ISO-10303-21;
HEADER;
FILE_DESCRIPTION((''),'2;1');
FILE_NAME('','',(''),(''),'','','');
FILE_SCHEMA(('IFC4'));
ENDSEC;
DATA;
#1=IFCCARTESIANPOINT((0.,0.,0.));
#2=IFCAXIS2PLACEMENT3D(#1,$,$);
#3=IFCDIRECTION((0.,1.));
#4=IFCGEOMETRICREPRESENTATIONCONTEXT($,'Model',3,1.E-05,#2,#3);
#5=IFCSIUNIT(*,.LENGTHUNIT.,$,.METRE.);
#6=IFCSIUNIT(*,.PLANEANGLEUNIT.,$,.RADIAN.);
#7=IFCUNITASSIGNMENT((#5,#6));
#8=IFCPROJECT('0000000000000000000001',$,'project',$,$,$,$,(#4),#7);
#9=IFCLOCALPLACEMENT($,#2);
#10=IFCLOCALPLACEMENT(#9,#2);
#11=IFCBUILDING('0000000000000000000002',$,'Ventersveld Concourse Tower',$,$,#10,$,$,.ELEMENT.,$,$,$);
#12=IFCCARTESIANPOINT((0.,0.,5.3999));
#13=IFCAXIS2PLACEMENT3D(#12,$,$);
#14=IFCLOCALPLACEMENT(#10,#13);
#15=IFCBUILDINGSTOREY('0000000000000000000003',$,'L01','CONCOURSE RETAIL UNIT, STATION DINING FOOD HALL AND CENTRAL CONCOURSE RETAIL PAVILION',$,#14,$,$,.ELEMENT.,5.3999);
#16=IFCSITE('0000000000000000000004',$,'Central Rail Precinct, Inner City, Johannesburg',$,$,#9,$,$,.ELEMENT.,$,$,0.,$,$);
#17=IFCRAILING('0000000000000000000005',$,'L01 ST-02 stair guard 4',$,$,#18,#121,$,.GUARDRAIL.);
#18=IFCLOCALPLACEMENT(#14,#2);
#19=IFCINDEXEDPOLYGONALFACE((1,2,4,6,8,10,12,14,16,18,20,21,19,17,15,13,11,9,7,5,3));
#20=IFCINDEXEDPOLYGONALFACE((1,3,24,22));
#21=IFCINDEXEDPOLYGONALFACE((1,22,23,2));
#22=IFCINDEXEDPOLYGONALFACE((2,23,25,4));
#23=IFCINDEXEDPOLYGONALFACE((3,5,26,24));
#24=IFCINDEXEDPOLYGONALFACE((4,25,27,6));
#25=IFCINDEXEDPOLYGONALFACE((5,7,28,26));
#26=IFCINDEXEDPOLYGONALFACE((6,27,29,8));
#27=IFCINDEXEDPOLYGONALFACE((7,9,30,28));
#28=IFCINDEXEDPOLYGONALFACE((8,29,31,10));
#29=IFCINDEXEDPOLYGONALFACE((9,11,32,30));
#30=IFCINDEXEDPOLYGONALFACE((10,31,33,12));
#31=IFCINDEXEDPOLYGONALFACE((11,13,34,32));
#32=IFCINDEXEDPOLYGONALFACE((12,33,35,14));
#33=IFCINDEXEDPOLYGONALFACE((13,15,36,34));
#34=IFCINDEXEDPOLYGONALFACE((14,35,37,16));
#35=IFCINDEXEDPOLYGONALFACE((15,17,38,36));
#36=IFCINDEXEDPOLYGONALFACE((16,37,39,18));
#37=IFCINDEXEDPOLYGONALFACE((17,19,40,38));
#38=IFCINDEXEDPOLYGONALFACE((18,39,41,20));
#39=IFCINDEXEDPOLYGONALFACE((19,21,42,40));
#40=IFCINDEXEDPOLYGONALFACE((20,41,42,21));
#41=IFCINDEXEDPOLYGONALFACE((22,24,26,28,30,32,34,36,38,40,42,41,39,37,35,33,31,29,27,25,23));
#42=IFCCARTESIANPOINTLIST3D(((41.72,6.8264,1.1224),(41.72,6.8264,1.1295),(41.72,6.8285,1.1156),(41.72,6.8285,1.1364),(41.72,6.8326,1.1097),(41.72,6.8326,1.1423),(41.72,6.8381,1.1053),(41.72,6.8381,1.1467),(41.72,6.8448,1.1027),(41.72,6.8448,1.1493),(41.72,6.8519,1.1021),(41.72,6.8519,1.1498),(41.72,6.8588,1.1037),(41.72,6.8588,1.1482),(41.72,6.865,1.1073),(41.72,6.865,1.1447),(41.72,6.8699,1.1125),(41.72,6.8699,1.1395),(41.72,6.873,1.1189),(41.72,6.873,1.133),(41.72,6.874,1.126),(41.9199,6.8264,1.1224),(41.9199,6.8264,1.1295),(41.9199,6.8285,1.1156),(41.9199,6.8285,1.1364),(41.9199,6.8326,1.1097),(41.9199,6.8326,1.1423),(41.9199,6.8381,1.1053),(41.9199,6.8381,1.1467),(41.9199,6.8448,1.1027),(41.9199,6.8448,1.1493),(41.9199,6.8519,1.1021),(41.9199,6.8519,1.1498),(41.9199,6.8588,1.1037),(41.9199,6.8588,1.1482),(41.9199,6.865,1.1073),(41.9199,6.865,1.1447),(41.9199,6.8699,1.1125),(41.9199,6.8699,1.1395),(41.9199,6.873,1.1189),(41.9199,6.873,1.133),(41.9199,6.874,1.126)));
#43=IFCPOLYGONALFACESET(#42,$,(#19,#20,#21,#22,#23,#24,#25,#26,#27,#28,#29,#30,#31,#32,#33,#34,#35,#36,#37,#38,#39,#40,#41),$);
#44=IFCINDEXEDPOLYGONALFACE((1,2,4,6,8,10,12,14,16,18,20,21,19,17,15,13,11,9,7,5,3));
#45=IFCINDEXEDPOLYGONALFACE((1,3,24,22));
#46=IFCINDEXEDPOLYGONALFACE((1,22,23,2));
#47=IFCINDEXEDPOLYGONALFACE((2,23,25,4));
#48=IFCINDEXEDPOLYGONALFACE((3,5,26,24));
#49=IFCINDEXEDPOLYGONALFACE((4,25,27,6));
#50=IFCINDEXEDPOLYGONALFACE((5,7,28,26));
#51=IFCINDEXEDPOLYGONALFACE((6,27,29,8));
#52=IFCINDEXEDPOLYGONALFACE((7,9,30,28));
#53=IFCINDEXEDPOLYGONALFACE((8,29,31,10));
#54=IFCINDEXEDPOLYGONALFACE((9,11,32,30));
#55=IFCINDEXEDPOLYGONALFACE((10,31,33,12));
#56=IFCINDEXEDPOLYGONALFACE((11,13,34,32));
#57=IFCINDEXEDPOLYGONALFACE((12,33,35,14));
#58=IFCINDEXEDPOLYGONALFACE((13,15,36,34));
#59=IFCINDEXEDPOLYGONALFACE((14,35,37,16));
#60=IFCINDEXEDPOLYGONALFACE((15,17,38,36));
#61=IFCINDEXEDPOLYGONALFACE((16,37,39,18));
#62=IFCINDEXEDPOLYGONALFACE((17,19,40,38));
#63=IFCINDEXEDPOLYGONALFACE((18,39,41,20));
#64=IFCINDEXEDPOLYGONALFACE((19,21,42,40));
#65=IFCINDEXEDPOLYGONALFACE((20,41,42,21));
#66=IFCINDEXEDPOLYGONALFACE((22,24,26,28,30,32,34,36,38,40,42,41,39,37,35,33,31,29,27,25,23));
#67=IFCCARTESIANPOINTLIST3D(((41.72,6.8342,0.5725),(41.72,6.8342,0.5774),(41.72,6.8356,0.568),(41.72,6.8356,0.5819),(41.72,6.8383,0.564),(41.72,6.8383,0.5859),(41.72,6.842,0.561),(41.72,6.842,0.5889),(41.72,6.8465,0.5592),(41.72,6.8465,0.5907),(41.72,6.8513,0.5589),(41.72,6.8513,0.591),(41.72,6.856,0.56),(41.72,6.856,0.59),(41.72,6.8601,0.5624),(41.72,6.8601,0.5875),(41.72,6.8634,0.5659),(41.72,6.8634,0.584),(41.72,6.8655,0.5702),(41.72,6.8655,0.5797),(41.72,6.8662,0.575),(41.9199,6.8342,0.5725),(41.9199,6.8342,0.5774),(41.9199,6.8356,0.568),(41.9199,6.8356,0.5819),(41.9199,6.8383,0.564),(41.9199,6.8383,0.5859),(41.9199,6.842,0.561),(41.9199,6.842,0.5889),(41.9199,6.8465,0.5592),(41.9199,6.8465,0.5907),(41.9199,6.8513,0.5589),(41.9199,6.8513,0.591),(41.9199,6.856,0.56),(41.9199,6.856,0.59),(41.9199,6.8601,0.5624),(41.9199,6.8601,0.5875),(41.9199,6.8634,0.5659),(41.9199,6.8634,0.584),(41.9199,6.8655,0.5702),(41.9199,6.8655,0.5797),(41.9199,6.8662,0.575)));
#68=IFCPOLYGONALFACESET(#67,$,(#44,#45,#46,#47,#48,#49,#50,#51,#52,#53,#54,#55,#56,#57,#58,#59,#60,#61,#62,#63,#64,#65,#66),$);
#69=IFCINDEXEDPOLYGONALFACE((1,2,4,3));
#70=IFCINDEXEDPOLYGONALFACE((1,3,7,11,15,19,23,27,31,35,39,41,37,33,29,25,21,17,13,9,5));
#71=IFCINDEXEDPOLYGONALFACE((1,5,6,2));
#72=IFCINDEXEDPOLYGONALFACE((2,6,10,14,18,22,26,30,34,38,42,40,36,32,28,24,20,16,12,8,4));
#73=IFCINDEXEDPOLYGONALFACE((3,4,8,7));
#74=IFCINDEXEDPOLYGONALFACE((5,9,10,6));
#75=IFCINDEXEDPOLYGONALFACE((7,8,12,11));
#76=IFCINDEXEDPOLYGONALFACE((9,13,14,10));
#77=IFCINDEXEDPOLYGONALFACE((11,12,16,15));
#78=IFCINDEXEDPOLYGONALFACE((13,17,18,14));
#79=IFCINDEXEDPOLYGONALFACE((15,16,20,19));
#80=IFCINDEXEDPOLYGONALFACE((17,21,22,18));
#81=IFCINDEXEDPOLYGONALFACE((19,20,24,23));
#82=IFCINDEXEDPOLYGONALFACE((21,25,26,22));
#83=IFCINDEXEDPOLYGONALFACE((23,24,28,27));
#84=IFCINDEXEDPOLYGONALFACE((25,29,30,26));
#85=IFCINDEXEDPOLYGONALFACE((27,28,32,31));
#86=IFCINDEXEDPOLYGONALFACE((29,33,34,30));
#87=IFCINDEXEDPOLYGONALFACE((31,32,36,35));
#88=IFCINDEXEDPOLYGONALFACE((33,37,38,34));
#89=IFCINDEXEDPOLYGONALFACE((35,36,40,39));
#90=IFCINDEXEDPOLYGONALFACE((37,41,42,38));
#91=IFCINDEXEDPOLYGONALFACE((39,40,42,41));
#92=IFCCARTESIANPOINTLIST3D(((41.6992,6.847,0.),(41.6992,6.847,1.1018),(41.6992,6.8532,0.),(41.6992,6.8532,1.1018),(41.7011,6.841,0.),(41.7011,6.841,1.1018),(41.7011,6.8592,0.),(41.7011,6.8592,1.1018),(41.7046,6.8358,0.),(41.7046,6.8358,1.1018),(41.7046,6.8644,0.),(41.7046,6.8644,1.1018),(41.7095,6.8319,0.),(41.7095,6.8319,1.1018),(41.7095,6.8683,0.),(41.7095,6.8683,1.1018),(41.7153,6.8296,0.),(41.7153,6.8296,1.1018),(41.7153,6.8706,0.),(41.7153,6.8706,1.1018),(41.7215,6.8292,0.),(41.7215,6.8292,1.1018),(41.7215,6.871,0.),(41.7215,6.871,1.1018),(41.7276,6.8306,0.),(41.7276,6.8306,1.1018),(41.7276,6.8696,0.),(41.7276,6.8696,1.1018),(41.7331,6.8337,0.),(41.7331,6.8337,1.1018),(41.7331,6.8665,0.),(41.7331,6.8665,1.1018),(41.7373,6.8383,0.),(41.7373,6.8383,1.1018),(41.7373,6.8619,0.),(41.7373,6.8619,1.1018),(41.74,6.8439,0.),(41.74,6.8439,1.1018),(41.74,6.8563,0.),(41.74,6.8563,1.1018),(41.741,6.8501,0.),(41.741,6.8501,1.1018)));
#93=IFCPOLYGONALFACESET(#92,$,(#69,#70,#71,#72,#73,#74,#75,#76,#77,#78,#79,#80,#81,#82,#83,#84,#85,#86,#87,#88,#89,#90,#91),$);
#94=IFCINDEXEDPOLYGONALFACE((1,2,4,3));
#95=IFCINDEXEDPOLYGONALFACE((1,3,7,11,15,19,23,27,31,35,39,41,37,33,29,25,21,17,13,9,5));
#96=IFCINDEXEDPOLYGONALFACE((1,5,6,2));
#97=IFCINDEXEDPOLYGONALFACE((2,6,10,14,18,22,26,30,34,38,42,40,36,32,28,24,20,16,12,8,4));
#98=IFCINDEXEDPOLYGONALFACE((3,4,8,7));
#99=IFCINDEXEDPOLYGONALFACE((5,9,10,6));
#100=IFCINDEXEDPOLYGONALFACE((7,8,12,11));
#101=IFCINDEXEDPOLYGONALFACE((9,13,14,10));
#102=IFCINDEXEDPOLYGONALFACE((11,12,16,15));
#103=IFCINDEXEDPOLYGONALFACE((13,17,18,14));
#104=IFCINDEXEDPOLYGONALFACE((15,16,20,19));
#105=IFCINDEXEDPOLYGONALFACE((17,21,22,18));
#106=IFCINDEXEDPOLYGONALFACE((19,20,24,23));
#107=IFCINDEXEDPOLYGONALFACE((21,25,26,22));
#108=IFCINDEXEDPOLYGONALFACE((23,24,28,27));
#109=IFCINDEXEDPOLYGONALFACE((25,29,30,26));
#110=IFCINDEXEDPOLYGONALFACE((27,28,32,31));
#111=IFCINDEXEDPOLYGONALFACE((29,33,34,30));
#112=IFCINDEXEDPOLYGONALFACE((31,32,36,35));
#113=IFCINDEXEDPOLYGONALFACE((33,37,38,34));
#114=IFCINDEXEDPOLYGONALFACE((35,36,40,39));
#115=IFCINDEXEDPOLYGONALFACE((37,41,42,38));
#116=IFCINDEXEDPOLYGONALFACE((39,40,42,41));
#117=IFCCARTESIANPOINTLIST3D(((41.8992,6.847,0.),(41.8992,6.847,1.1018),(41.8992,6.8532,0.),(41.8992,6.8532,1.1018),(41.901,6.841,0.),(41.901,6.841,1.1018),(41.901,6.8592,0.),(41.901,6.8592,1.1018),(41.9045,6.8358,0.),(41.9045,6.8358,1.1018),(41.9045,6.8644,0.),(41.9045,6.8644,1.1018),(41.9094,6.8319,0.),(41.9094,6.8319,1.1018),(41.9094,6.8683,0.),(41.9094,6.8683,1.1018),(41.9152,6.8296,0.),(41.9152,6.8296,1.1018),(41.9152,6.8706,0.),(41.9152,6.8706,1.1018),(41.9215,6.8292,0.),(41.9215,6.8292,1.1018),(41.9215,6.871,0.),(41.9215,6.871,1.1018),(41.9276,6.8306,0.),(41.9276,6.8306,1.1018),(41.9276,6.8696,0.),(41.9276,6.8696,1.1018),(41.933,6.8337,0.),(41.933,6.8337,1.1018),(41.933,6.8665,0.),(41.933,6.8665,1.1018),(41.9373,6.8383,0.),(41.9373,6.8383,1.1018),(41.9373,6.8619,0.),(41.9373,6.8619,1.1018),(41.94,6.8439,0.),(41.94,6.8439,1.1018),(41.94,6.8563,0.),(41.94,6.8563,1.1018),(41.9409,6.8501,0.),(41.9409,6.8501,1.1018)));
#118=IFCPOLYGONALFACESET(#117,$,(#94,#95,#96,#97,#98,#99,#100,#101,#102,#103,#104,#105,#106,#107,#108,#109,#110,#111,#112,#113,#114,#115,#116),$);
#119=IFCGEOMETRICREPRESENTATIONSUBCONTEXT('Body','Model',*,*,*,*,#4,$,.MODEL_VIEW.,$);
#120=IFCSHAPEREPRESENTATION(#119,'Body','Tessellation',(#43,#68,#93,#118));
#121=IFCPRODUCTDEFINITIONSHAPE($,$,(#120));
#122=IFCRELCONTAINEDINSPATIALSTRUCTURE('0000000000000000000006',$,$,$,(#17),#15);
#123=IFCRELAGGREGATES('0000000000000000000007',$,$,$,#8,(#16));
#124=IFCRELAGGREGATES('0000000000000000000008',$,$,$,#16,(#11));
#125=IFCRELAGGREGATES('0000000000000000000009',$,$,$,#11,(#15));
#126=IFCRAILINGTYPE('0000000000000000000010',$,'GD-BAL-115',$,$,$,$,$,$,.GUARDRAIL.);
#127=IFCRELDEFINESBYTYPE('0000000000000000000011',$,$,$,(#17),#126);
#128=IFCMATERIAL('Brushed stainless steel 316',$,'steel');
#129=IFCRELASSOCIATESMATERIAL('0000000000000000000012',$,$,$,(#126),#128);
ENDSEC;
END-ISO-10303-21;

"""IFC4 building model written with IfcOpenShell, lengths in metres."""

from ifc_helpers import new_model, si_unit, direction, frame, origin, origin_2d, place, context, subcontext, project, spatial, circle, extrude, material, type_object, element, save


model = new_model("IFC4")

# Units and contexts
model_context = context("Model", 3, precision=1e-05, world=origin(), true_north=direction((0.0, 1.0)))
body_context = subcontext(model_context, "Body", "Model", "MODEL_VIEW")
ifc_project = project(units=[si_unit("LENGTHUNIT", "METRE"), si_unit("PLANEANGLEUNIT", "RADIAN")], contexts=[model_context])

# Site, building, storey
site_placement = place(None, origin())
site = spatial("IfcSite", under=ifc_project, at=site_placement, Name="Central Rail Precinct, Inner City, Johannesburg", CompositionType="ELEMENT", RefElevation=0.0)
building_placement = place(site_placement, origin())
building = spatial("IfcBuilding", under=site, at=building_placement, Name="Ventersveld Concourse Tower", CompositionType="ELEMENT")
storey_placement = place(building_placement, frame((0.0, 0.0, 5.3999)))
storey = spatial("IfcBuildingStorey", under=building, at=storey_placement, Name="L01", Description="CONCOURSE RETAIL UNIT, STATION DINING FOOD HALL AND CENTRAL CONCOURSE RETAIL PAVILION", CompositionType="ELEMENT", Elevation=5.3999)

# Shared definitions
ifc_material_1 = material(Name="Brushed stainless steel 316", Category="steel")

# Railing
railing_type_1 = type_object("IfcRailingType", Name="GD-BAL-115", PredefinedType="GUARDRAIL", material=ifc_material_1)
railing_1_placement = place(storey_placement, frame((41.72, 6.8501, 0.0)))
element("IfcRailing", 1, at=railing_1_placement, inside=storey, type_object=railing_type_1, Name="L01 ST-02 stair guard 4", PredefinedType="GUARDRAIL", context=body_context, shape_type="SweptSolid", body=[
    extrude(circle(Radius=0.0239, at=origin_2d()), frame((0.0, 0.0, 1.126), z_axis=(1.0, 0.0, 0.0), x_axis=(0.0, 1.0, 0.0)), (0.0, 0.0, 1.0), 0.2),
    extrude(circle(Radius=0.0161, at=origin_2d()), frame((0.0, 0.0, 0.575), z_axis=(1.0, 0.0, 0.0), x_axis=(0.0, 1.0, 0.0)), (0.0, 0.0, 1.0), 0.2),
    extrude(circle(Radius=0.021, at=origin_2d()), origin(), (0.0, 0.0, 1.0), 1.1018),
    extrude(circle(Radius=0.021, at=origin_2d()), frame((0.2, 0.0, 0.0)), (0.0, 0.0, 1.0), 1.1018),
])

save(model, "model.ifc")
